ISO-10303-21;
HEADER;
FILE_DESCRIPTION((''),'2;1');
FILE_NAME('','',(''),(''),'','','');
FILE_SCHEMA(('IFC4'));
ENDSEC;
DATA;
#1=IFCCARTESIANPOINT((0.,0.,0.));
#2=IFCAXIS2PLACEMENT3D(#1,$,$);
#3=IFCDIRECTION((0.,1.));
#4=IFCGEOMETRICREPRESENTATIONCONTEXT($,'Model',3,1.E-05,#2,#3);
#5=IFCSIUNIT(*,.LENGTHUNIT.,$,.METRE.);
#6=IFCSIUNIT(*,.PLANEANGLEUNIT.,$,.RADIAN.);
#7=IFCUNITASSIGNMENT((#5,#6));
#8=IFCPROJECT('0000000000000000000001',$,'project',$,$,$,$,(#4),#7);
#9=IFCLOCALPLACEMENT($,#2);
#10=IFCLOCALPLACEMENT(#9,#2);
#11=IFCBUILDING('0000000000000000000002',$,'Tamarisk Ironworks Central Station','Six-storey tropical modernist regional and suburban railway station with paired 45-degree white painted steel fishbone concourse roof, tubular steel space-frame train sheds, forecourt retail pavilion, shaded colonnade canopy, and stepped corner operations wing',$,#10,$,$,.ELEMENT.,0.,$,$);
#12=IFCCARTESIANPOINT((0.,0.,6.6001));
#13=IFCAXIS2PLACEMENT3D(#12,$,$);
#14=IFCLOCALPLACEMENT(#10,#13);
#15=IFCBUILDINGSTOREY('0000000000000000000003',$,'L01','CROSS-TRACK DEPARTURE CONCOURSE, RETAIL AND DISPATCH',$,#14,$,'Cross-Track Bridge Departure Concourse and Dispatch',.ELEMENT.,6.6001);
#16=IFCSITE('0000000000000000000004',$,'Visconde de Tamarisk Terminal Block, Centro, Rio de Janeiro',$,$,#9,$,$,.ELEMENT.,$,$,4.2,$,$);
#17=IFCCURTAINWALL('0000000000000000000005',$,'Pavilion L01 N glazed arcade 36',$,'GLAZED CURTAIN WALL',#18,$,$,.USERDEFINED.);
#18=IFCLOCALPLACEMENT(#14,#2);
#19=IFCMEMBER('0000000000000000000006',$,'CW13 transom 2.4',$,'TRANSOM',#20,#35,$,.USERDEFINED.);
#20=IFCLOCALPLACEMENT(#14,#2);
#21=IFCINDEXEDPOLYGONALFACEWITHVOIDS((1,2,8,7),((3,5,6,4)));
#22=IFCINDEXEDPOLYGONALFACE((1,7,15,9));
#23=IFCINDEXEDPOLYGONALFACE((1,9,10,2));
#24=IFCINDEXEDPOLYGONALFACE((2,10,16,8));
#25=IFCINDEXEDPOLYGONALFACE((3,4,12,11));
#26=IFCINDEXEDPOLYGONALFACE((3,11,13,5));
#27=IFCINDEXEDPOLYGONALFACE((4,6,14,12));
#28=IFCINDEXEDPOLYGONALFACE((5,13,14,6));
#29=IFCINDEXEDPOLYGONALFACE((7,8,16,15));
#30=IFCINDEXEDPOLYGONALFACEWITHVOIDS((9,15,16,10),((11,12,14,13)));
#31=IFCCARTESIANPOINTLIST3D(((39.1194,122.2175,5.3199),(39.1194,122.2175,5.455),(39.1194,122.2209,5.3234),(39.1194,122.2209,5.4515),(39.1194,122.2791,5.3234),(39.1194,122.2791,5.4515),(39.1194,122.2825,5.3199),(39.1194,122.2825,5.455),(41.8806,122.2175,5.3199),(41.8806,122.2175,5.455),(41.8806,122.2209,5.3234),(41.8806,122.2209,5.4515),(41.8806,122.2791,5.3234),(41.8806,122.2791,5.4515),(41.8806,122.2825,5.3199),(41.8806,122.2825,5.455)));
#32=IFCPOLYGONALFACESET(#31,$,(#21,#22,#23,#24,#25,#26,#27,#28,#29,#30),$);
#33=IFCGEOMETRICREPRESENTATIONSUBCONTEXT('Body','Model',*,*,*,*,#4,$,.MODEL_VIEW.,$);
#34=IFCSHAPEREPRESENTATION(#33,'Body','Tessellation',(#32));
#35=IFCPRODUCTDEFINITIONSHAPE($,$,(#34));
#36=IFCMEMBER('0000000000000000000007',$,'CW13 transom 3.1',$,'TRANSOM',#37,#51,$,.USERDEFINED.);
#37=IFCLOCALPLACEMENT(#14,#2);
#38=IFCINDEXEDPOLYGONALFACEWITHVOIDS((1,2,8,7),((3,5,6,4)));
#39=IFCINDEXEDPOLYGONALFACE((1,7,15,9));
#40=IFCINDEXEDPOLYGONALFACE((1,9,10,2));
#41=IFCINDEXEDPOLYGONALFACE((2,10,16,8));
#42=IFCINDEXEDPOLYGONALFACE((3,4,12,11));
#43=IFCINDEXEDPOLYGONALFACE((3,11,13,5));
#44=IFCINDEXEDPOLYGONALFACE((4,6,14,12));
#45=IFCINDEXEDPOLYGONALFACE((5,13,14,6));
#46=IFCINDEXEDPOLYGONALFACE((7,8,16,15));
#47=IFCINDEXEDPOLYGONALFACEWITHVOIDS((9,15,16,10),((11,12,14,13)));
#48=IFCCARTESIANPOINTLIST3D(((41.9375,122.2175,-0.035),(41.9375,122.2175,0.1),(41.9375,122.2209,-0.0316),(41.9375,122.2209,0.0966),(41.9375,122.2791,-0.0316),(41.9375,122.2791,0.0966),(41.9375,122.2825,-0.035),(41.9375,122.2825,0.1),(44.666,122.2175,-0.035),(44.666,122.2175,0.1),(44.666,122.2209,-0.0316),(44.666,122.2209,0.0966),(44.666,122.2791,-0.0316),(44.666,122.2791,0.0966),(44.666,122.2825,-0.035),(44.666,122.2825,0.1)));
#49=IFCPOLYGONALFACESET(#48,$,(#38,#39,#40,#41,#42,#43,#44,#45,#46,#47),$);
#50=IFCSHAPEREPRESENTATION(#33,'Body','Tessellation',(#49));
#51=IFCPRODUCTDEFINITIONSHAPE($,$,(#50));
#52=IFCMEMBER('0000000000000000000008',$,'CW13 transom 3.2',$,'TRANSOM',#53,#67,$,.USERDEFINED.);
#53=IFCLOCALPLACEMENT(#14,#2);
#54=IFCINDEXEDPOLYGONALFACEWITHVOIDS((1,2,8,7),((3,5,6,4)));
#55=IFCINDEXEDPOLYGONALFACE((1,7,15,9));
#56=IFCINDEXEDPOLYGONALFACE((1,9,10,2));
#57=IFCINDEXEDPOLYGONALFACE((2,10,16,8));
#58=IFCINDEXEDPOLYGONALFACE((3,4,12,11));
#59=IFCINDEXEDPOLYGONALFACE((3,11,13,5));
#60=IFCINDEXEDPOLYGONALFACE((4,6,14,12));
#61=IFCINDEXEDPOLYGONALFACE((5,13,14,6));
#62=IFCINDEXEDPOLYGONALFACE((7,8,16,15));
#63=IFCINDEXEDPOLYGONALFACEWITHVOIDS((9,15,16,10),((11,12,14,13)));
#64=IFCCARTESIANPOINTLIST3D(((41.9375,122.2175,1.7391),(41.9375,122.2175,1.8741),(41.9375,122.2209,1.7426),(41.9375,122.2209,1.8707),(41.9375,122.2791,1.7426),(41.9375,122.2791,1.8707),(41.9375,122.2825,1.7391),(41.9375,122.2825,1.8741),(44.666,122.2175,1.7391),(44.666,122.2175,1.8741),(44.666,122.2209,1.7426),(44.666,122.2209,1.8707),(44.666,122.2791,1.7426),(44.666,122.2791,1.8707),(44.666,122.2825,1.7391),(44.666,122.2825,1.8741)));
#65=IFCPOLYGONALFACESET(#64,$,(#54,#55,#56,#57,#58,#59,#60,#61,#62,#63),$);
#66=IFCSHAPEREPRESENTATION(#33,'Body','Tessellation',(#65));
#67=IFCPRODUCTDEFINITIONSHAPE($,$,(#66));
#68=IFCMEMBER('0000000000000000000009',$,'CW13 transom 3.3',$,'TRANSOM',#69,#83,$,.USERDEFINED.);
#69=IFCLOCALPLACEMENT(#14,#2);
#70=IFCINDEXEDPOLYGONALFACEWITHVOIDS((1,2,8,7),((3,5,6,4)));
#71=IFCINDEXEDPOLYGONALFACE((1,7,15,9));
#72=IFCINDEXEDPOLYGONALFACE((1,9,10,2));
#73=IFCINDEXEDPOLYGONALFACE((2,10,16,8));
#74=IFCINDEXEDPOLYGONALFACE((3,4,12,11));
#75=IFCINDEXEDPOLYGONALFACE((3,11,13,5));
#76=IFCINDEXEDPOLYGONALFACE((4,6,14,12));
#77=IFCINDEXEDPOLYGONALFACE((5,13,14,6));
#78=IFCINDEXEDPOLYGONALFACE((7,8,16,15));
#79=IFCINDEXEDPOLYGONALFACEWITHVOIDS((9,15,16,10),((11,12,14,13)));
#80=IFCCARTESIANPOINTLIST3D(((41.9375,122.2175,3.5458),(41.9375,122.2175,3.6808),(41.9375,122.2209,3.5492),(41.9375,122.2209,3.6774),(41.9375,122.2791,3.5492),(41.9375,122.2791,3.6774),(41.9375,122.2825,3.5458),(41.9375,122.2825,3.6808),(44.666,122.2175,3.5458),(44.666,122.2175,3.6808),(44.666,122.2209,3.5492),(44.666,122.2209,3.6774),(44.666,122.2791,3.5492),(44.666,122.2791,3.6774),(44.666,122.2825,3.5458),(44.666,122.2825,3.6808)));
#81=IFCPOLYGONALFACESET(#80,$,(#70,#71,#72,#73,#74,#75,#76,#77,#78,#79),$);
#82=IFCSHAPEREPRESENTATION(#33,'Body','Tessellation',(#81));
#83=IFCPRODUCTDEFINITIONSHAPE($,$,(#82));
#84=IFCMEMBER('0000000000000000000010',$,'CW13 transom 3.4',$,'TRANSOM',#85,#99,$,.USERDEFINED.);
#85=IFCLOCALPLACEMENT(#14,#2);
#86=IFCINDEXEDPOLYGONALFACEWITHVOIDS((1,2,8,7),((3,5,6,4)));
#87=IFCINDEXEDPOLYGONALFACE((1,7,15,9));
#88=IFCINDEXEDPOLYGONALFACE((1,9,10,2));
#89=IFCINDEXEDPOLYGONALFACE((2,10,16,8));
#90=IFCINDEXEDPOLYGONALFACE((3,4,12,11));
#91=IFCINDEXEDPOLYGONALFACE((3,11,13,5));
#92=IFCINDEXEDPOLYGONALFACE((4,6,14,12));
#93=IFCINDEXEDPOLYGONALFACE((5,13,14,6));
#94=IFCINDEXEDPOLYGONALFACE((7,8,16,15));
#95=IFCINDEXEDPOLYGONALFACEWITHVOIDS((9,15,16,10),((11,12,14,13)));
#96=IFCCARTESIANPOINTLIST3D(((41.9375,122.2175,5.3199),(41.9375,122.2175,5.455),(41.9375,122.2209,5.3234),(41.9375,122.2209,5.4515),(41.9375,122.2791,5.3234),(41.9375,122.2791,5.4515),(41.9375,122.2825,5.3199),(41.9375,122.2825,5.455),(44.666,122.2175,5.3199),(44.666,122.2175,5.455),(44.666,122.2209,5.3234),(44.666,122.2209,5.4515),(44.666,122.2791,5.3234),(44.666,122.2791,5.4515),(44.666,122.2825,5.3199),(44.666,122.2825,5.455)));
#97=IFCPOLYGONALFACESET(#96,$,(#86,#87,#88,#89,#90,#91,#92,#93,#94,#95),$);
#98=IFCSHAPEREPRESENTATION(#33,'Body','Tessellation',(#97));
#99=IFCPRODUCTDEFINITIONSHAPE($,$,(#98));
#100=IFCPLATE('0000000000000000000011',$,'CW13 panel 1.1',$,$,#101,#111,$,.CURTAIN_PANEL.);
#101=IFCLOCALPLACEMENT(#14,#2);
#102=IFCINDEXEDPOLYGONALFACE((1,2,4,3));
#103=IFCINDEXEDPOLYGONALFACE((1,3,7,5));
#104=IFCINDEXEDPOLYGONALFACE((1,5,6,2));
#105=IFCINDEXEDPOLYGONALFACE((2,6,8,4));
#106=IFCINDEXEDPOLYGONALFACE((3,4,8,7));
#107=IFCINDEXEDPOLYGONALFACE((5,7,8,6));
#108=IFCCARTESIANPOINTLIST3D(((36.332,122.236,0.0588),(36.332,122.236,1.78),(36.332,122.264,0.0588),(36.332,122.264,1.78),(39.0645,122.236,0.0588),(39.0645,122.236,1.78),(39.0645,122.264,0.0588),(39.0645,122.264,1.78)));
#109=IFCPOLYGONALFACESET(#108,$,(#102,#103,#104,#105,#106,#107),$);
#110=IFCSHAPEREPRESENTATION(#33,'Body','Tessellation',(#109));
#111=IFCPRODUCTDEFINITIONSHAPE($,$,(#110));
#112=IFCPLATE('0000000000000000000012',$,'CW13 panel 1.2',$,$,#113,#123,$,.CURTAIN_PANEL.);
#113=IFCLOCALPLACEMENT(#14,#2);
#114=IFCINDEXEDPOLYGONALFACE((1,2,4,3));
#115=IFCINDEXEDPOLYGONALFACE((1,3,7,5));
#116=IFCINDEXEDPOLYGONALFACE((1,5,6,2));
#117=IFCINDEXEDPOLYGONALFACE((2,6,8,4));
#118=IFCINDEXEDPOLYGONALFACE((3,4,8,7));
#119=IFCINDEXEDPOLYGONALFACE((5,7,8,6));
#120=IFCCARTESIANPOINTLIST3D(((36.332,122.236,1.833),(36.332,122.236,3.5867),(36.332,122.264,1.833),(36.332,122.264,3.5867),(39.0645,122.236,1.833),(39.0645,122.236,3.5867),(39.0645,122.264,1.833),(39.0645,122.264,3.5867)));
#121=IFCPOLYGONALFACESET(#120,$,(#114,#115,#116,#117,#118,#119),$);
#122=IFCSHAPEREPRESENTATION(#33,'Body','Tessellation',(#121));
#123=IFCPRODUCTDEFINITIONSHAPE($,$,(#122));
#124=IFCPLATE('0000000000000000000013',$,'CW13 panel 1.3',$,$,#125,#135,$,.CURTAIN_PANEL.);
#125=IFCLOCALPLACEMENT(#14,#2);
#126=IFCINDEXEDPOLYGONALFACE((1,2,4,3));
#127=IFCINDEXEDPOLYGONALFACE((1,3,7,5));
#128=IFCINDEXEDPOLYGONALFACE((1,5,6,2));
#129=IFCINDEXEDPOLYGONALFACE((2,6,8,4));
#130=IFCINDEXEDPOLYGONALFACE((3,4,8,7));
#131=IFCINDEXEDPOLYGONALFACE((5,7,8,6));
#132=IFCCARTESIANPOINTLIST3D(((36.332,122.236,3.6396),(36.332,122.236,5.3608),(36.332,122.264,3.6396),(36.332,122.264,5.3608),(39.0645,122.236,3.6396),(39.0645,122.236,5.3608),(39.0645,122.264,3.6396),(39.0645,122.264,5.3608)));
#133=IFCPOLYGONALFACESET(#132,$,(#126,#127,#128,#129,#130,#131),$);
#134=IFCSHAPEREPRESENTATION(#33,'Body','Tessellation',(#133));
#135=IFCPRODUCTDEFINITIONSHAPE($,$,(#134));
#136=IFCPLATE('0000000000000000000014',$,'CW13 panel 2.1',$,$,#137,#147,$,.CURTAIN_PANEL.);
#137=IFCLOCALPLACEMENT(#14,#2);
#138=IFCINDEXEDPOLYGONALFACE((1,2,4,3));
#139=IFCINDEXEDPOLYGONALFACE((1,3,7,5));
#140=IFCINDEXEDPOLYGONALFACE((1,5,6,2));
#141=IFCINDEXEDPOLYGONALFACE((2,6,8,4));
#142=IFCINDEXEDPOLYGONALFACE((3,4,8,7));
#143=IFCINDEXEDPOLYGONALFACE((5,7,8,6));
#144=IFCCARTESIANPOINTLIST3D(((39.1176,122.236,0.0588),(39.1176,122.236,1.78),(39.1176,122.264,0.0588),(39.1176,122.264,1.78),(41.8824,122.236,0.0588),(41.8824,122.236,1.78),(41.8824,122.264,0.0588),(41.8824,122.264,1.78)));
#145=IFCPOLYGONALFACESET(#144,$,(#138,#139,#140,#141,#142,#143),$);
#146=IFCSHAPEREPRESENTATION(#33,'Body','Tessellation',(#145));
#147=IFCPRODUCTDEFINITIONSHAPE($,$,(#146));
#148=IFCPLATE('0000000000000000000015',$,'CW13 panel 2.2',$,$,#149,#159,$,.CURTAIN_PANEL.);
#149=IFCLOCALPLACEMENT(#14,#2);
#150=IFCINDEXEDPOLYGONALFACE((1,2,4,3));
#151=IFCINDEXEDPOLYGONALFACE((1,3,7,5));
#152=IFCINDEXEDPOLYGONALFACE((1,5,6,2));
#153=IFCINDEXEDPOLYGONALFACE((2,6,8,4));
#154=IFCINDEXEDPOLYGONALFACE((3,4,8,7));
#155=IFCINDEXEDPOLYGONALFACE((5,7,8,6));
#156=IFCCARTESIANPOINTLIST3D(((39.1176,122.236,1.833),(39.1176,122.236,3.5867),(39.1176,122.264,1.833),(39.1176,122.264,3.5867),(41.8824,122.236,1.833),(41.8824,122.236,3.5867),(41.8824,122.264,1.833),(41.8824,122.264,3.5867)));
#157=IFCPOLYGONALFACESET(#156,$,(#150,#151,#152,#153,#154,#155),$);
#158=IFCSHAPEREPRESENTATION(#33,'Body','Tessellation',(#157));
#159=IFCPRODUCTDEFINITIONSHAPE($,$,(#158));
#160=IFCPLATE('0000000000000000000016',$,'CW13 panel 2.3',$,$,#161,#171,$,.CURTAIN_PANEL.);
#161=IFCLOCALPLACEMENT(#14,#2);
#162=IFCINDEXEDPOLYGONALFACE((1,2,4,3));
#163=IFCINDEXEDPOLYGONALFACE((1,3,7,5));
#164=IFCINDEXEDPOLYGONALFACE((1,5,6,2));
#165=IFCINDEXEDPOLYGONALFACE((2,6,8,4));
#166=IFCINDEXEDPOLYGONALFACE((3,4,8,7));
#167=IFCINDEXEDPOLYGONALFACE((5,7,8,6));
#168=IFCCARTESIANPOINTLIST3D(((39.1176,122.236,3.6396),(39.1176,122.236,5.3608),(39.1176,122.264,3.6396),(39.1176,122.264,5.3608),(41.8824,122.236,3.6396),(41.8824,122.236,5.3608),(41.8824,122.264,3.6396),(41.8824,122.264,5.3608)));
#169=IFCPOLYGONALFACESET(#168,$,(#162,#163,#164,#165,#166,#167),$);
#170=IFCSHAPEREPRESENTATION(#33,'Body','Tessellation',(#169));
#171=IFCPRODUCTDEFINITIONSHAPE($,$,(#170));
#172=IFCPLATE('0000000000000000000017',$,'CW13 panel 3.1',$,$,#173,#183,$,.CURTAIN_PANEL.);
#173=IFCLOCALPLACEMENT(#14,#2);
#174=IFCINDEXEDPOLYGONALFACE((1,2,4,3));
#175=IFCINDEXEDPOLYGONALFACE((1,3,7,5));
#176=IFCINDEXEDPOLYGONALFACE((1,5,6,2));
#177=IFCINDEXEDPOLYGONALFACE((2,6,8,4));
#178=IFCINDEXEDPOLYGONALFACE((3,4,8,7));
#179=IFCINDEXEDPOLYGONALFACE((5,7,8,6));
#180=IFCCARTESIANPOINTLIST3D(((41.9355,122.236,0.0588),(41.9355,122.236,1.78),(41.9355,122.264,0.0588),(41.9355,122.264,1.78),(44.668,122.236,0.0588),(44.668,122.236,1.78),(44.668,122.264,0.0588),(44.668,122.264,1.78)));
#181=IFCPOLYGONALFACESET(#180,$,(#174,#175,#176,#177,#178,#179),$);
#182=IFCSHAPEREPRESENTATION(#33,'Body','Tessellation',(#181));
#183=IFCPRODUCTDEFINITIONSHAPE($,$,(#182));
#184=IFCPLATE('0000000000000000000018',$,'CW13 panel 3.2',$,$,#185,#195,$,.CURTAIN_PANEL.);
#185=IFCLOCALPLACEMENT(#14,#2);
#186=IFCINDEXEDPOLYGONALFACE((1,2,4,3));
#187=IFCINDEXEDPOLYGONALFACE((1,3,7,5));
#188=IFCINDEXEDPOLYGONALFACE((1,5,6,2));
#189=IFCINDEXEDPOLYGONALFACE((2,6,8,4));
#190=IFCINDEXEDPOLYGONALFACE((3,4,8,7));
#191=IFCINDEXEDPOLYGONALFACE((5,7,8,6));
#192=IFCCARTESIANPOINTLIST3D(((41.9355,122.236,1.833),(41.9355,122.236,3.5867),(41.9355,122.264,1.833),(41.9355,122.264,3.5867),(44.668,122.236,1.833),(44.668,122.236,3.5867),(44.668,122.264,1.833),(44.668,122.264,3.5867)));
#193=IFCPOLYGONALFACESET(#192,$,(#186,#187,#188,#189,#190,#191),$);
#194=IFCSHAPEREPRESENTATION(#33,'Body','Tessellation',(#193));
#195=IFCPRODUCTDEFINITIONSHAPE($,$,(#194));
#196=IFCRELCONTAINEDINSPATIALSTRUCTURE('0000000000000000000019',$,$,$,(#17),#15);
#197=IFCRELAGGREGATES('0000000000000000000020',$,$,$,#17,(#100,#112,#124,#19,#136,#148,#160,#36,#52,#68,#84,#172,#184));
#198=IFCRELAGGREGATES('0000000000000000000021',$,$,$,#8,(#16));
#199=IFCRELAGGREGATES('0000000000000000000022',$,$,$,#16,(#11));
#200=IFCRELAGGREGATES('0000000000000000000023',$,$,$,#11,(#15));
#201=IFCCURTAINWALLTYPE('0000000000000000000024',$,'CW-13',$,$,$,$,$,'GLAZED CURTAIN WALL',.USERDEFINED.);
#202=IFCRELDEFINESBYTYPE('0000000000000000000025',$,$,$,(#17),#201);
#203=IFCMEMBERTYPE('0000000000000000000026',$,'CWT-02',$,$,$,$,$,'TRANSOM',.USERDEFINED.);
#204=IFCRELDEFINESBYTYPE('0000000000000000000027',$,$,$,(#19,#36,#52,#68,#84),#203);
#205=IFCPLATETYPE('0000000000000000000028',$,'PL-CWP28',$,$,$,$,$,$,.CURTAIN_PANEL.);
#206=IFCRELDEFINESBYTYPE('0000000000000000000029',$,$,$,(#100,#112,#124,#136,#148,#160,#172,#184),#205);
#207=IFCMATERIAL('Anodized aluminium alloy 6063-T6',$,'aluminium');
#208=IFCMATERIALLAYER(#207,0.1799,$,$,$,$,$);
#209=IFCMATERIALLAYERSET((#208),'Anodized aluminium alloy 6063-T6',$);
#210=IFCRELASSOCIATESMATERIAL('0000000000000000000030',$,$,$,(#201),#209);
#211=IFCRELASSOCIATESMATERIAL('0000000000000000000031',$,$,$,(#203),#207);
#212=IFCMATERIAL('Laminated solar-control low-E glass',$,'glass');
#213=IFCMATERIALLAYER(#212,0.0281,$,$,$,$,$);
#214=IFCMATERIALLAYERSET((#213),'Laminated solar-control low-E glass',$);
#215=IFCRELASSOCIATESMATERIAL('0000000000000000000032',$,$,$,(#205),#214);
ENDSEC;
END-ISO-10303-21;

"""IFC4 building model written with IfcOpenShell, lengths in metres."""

from ifc_helpers import new_model, si_unit, direction, frame, origin, origin_2d, place, context, subcontext, project, spatial, rectangle, hollow_rectangle, extrude, material, layer, layer_set, material_profile, profile_set, type_object, element, aggregate, save


model = new_model("IFC4")

# Units and contexts
model_context = context("Model", 3, precision=1e-05, world=origin(), true_north=direction((0.0, 1.0)))
body_context = subcontext(model_context, "Body", "Model", "MODEL_VIEW")
ifc_project = project(units=[si_unit("LENGTHUNIT", "METRE"), si_unit("PLANEANGLEUNIT", "RADIAN")], contexts=[model_context])

# Site, building, storey
site_placement = place(None, origin())
site = spatial("IfcSite", under=ifc_project, at=site_placement, Name="Visconde de Tamarisk Terminal Block, Centro, Rio de Janeiro", CompositionType="ELEMENT", RefElevation=4.2)
building_placement = place(site_placement, origin())
building = spatial("IfcBuilding", under=site, at=building_placement, Name="Tamarisk Ironworks Central Station", Description="Six-storey tropical modernist regional and suburban railway station with paired 45-degree white painted steel fishbone concourse roof, tubular steel space-frame train sheds, forecourt retail pavilion, shaded colonnade canopy, and stepped corner operations wing", CompositionType="ELEMENT", ElevationOfRefHeight=0.0)
storey_placement = place(building_placement, frame((0.0, 0.0, 6.6001)))
storey = spatial("IfcBuildingStorey", under=building, at=storey_placement, Name="L01", Description="CROSS-TRACK DEPARTURE CONCOURSE, RETAIL AND DISPATCH", LongName="Cross-Track Bridge Departure Concourse and Dispatch", CompositionType="ELEMENT", Elevation=6.6001)

# Curtain wall, members, plates
ifc_material_1 = material(Name="Anodized aluminium alloy 6063-T6", Category="aluminium")
ifc_layer_1 = layer(ifc_material_1, 0.1799)
ifc_layer_set_1 = layer_set([ifc_layer_1], Name="Anodized aluminium alloy 6063-T6")
curtain_wall_type = type_object("IfcCurtainWallType", Name="CW-13", ElementType="GLAZED CURTAIN WALL", PredefinedType="USERDEFINED", material=ifc_layer_set_1)
curtain_wall_placement = place(storey_placement, origin())
curtain_wall = element("IfcCurtainWall", 1, at=curtain_wall_placement, inside=storey, type_object=curtain_wall_type, Name="Pavilion L01 N glazed arcade 36", ObjectType="GLAZED CURTAIN WALL", PredefinedType="USERDEFINED")
ifc_material_profile_1 = material_profile(ifc_material_1, hollow_rectangle(XDim=0.0649, YDim=0.135, WallThickness=0.0034, at=origin_2d()), Name="ALUM 135x65")
ifc_profile_set_1 = profile_set([ifc_material_profile_1], Name="Anodized aluminium alloy 6063-T6")
member_type_1 = type_object("IfcMemberType", Name="CWT-02", ElementType="TRANSOM", PredefinedType="USERDEFINED", material=ifc_profile_set_1)
member_1_placement = place(storey_placement, frame((39.1194, 122.25, 5.3875), z_axis=(1.0, 0.0, 0.0), x_axis=(0.0, 1.0, 0.0)))
member_1 = element("IfcMember", 2, at=member_1_placement, type_object=member_type_1, Name="CW13 transom 2.4", ObjectType="TRANSOM", PredefinedType="USERDEFINED", context=body_context, shape_type="SweptSolid", body=[
    extrude(hollow_rectangle(XDim=0.0649, YDim=0.135, WallThickness=0.0034, at=origin_2d()), origin(), (0.0, 0.0, 1.0), 2.7612),
])
member_2_placement = place(storey_placement, frame((41.9375, 122.25, 0.0325), z_axis=(1.0, 0.0, 0.0), x_axis=(0.0, 1.0, 0.0)))
member_2 = element("IfcMember", 3, at=member_2_placement, type_object=member_type_1, Name="CW13 transom 3.1", ObjectType="TRANSOM", PredefinedType="USERDEFINED", context=body_context, shape_type="SweptSolid", body=[
    extrude(hollow_rectangle(XDim=0.0649, YDim=0.135, WallThickness=0.0034, at=origin_2d()), origin(), (0.0, 0.0, 1.0), 2.7285),
])
member_3_placement = place(storey_placement, frame((41.9375, 122.25, 1.8066), z_axis=(1.0, 0.0, 0.0), x_axis=(0.0, 1.0, 0.0)))
member_3 = element("IfcMember", 4, at=member_3_placement, type_object=member_type_1, Name="CW13 transom 3.2", ObjectType="TRANSOM", PredefinedType="USERDEFINED", context=body_context, shape_type="SweptSolid", body=[
    extrude(hollow_rectangle(XDim=0.0649, YDim=0.135, WallThickness=0.0034, at=origin_2d()), origin(), (0.0, 0.0, 1.0), 2.7285),
])
member_4_placement = place(storey_placement, frame((41.9375, 122.25, 3.6133), z_axis=(1.0, 0.0, 0.0), x_axis=(0.0, 1.0, 0.0)))
member_4 = element("IfcMember", 5, at=member_4_placement, type_object=member_type_1, Name="CW13 transom 3.3", ObjectType="TRANSOM", PredefinedType="USERDEFINED", context=body_context, shape_type="SweptSolid", body=[
    extrude(hollow_rectangle(XDim=0.0649, YDim=0.135, WallThickness=0.0034, at=origin_2d()), origin(), (0.0, 0.0, 1.0), 2.7285),
])
member_5_placement = place(storey_placement, frame((41.9375, 122.25, 5.3875), z_axis=(1.0, 0.0, 0.0), x_axis=(0.0, 1.0, 0.0)))
member_5 = element("IfcMember", 6, at=member_5_placement, type_object=member_type_1, Name="CW13 transom 3.4", ObjectType="TRANSOM", PredefinedType="USERDEFINED", context=body_context, shape_type="SweptSolid", body=[
    extrude(hollow_rectangle(XDim=0.0649, YDim=0.135, WallThickness=0.0034, at=origin_2d()), origin(), (0.0, 0.0, 1.0), 2.7285),
])
ifc_material_2 = material(Name="Laminated solar-control low-E glass", Category="glass")
ifc_layer_2 = layer(ifc_material_2, 0.0281)
ifc_layer_set_2 = layer_set([ifc_layer_2], Name="Laminated solar-control low-E glass")
plate_type = type_object("IfcPlateType", Name="PL-CWP28", PredefinedType="CURTAIN_PANEL", material=ifc_layer_set_2)
plate_1_placement = place(storey_placement, frame((37.6982, 122.25, 0.0588), z_axis=(0.0, 0.0, 1.0), x_axis=(1.0, 0.0, 0.0)))
plate_1 = element("IfcPlate", 7, at=plate_1_placement, type_object=plate_type, Name="CW13 panel 1.1", PredefinedType="CURTAIN_PANEL", context=body_context, shape_type="SweptSolid", body=[
    extrude(rectangle(XDim=2.7324, YDim=0.0281, at=origin_2d()), origin(), (0.0, 0.0, 1.0), 1.7212),
])
plate_2_placement = place(storey_placement, frame((37.6982, 122.25, 1.833), z_axis=(0.0, 0.0, 1.0), x_axis=(1.0, 0.0, 0.0)))
plate_2 = element("IfcPlate", 8, at=plate_2_placement, type_object=plate_type, Name="CW13 panel 1.2", PredefinedType="CURTAIN_PANEL", context=body_context, shape_type="SweptSolid", body=[
    extrude(rectangle(XDim=2.7324, YDim=0.0281, at=origin_2d()), origin(), (0.0, 0.0, 1.0), 1.7537),
])
plate_3_placement = place(storey_placement, frame((37.6982, 122.25, 3.6396), z_axis=(0.0, 0.0, 1.0), x_axis=(1.0, 0.0, 0.0)))
plate_3 = element("IfcPlate", 9, at=plate_3_placement, type_object=plate_type, Name="CW13 panel 1.3", PredefinedType="CURTAIN_PANEL", context=body_context, shape_type="SweptSolid", body=[
    extrude(rectangle(XDim=2.7324, YDim=0.0281, at=origin_2d()), origin(), (0.0, 0.0, 1.0), 1.7212),
])
plate_4_placement = place(storey_placement, frame((40.5, 122.25, 0.0588), z_axis=(0.0, 0.0, 1.0), x_axis=(1.0, 0.0, 0.0)))
plate_4 = element("IfcPlate", 10, at=plate_4_placement, type_object=plate_type, Name="CW13 panel 2.1", PredefinedType="CURTAIN_PANEL", context=body_context, shape_type="SweptSolid", body=[
    extrude(rectangle(XDim=2.7649, YDim=0.0281, at=origin_2d()), origin(), (0.0, 0.0, 1.0), 1.7212),
])
plate_5_placement = place(storey_placement, frame((40.5, 122.25, 1.833), z_axis=(0.0, 0.0, 1.0), x_axis=(1.0, 0.0, 0.0)))
plate_5 = element("IfcPlate", 11, at=plate_5_placement, type_object=plate_type, Name="CW13 panel 2.2", PredefinedType="CURTAIN_PANEL", context=body_context, shape_type="SweptSolid", body=[
    extrude(rectangle(XDim=2.7649, YDim=0.0281, at=origin_2d()), origin(), (0.0, 0.0, 1.0), 1.7537),
])
plate_6_placement = place(storey_placement, frame((40.5, 122.25, 3.6396), z_axis=(0.0, 0.0, 1.0), x_axis=(1.0, 0.0, 0.0)))
plate_6 = element("IfcPlate", 12, at=plate_6_placement, type_object=plate_type, Name="CW13 panel 2.3", PredefinedType="CURTAIN_PANEL", context=body_context, shape_type="SweptSolid", body=[
    extrude(rectangle(XDim=2.7649, YDim=0.0281, at=origin_2d()), origin(), (0.0, 0.0, 1.0), 1.7212),
])
plate_7_placement = place(storey_placement, frame((43.3018, 122.25, 0.0588), z_axis=(0.0, 0.0, 1.0), x_axis=(1.0, 0.0, 0.0)))
plate_7 = element("IfcPlate", 13, at=plate_7_placement, type_object=plate_type, Name="CW13 panel 3.1", PredefinedType="CURTAIN_PANEL", context=body_context, shape_type="SweptSolid", body=[
    extrude(rectangle(XDim=2.7324, YDim=0.0281, at=origin_2d()), origin(), (0.0, 0.0, 1.0), 1.7212),
])
plate_8_placement = place(storey_placement, frame((43.3018, 122.25, 1.833), z_axis=(0.0, 0.0, 1.0), x_axis=(1.0, 0.0, 0.0)))
plate_8 = element("IfcPlate", 14, at=plate_8_placement, type_object=plate_type, Name="CW13 panel 3.2", PredefinedType="CURTAIN_PANEL", context=body_context, shape_type="SweptSolid", body=[
    extrude(rectangle(XDim=2.7324, YDim=0.0281, at=origin_2d()), origin(), (0.0, 0.0, 1.0), 1.7537),
])
aggregate(curtain_wall, [plate_1, plate_2, plate_3, member_1, plate_4, plate_5, plate_6, member_2, member_3, member_4, member_5, plate_7, plate_8])

save(model, "model.ifc")
